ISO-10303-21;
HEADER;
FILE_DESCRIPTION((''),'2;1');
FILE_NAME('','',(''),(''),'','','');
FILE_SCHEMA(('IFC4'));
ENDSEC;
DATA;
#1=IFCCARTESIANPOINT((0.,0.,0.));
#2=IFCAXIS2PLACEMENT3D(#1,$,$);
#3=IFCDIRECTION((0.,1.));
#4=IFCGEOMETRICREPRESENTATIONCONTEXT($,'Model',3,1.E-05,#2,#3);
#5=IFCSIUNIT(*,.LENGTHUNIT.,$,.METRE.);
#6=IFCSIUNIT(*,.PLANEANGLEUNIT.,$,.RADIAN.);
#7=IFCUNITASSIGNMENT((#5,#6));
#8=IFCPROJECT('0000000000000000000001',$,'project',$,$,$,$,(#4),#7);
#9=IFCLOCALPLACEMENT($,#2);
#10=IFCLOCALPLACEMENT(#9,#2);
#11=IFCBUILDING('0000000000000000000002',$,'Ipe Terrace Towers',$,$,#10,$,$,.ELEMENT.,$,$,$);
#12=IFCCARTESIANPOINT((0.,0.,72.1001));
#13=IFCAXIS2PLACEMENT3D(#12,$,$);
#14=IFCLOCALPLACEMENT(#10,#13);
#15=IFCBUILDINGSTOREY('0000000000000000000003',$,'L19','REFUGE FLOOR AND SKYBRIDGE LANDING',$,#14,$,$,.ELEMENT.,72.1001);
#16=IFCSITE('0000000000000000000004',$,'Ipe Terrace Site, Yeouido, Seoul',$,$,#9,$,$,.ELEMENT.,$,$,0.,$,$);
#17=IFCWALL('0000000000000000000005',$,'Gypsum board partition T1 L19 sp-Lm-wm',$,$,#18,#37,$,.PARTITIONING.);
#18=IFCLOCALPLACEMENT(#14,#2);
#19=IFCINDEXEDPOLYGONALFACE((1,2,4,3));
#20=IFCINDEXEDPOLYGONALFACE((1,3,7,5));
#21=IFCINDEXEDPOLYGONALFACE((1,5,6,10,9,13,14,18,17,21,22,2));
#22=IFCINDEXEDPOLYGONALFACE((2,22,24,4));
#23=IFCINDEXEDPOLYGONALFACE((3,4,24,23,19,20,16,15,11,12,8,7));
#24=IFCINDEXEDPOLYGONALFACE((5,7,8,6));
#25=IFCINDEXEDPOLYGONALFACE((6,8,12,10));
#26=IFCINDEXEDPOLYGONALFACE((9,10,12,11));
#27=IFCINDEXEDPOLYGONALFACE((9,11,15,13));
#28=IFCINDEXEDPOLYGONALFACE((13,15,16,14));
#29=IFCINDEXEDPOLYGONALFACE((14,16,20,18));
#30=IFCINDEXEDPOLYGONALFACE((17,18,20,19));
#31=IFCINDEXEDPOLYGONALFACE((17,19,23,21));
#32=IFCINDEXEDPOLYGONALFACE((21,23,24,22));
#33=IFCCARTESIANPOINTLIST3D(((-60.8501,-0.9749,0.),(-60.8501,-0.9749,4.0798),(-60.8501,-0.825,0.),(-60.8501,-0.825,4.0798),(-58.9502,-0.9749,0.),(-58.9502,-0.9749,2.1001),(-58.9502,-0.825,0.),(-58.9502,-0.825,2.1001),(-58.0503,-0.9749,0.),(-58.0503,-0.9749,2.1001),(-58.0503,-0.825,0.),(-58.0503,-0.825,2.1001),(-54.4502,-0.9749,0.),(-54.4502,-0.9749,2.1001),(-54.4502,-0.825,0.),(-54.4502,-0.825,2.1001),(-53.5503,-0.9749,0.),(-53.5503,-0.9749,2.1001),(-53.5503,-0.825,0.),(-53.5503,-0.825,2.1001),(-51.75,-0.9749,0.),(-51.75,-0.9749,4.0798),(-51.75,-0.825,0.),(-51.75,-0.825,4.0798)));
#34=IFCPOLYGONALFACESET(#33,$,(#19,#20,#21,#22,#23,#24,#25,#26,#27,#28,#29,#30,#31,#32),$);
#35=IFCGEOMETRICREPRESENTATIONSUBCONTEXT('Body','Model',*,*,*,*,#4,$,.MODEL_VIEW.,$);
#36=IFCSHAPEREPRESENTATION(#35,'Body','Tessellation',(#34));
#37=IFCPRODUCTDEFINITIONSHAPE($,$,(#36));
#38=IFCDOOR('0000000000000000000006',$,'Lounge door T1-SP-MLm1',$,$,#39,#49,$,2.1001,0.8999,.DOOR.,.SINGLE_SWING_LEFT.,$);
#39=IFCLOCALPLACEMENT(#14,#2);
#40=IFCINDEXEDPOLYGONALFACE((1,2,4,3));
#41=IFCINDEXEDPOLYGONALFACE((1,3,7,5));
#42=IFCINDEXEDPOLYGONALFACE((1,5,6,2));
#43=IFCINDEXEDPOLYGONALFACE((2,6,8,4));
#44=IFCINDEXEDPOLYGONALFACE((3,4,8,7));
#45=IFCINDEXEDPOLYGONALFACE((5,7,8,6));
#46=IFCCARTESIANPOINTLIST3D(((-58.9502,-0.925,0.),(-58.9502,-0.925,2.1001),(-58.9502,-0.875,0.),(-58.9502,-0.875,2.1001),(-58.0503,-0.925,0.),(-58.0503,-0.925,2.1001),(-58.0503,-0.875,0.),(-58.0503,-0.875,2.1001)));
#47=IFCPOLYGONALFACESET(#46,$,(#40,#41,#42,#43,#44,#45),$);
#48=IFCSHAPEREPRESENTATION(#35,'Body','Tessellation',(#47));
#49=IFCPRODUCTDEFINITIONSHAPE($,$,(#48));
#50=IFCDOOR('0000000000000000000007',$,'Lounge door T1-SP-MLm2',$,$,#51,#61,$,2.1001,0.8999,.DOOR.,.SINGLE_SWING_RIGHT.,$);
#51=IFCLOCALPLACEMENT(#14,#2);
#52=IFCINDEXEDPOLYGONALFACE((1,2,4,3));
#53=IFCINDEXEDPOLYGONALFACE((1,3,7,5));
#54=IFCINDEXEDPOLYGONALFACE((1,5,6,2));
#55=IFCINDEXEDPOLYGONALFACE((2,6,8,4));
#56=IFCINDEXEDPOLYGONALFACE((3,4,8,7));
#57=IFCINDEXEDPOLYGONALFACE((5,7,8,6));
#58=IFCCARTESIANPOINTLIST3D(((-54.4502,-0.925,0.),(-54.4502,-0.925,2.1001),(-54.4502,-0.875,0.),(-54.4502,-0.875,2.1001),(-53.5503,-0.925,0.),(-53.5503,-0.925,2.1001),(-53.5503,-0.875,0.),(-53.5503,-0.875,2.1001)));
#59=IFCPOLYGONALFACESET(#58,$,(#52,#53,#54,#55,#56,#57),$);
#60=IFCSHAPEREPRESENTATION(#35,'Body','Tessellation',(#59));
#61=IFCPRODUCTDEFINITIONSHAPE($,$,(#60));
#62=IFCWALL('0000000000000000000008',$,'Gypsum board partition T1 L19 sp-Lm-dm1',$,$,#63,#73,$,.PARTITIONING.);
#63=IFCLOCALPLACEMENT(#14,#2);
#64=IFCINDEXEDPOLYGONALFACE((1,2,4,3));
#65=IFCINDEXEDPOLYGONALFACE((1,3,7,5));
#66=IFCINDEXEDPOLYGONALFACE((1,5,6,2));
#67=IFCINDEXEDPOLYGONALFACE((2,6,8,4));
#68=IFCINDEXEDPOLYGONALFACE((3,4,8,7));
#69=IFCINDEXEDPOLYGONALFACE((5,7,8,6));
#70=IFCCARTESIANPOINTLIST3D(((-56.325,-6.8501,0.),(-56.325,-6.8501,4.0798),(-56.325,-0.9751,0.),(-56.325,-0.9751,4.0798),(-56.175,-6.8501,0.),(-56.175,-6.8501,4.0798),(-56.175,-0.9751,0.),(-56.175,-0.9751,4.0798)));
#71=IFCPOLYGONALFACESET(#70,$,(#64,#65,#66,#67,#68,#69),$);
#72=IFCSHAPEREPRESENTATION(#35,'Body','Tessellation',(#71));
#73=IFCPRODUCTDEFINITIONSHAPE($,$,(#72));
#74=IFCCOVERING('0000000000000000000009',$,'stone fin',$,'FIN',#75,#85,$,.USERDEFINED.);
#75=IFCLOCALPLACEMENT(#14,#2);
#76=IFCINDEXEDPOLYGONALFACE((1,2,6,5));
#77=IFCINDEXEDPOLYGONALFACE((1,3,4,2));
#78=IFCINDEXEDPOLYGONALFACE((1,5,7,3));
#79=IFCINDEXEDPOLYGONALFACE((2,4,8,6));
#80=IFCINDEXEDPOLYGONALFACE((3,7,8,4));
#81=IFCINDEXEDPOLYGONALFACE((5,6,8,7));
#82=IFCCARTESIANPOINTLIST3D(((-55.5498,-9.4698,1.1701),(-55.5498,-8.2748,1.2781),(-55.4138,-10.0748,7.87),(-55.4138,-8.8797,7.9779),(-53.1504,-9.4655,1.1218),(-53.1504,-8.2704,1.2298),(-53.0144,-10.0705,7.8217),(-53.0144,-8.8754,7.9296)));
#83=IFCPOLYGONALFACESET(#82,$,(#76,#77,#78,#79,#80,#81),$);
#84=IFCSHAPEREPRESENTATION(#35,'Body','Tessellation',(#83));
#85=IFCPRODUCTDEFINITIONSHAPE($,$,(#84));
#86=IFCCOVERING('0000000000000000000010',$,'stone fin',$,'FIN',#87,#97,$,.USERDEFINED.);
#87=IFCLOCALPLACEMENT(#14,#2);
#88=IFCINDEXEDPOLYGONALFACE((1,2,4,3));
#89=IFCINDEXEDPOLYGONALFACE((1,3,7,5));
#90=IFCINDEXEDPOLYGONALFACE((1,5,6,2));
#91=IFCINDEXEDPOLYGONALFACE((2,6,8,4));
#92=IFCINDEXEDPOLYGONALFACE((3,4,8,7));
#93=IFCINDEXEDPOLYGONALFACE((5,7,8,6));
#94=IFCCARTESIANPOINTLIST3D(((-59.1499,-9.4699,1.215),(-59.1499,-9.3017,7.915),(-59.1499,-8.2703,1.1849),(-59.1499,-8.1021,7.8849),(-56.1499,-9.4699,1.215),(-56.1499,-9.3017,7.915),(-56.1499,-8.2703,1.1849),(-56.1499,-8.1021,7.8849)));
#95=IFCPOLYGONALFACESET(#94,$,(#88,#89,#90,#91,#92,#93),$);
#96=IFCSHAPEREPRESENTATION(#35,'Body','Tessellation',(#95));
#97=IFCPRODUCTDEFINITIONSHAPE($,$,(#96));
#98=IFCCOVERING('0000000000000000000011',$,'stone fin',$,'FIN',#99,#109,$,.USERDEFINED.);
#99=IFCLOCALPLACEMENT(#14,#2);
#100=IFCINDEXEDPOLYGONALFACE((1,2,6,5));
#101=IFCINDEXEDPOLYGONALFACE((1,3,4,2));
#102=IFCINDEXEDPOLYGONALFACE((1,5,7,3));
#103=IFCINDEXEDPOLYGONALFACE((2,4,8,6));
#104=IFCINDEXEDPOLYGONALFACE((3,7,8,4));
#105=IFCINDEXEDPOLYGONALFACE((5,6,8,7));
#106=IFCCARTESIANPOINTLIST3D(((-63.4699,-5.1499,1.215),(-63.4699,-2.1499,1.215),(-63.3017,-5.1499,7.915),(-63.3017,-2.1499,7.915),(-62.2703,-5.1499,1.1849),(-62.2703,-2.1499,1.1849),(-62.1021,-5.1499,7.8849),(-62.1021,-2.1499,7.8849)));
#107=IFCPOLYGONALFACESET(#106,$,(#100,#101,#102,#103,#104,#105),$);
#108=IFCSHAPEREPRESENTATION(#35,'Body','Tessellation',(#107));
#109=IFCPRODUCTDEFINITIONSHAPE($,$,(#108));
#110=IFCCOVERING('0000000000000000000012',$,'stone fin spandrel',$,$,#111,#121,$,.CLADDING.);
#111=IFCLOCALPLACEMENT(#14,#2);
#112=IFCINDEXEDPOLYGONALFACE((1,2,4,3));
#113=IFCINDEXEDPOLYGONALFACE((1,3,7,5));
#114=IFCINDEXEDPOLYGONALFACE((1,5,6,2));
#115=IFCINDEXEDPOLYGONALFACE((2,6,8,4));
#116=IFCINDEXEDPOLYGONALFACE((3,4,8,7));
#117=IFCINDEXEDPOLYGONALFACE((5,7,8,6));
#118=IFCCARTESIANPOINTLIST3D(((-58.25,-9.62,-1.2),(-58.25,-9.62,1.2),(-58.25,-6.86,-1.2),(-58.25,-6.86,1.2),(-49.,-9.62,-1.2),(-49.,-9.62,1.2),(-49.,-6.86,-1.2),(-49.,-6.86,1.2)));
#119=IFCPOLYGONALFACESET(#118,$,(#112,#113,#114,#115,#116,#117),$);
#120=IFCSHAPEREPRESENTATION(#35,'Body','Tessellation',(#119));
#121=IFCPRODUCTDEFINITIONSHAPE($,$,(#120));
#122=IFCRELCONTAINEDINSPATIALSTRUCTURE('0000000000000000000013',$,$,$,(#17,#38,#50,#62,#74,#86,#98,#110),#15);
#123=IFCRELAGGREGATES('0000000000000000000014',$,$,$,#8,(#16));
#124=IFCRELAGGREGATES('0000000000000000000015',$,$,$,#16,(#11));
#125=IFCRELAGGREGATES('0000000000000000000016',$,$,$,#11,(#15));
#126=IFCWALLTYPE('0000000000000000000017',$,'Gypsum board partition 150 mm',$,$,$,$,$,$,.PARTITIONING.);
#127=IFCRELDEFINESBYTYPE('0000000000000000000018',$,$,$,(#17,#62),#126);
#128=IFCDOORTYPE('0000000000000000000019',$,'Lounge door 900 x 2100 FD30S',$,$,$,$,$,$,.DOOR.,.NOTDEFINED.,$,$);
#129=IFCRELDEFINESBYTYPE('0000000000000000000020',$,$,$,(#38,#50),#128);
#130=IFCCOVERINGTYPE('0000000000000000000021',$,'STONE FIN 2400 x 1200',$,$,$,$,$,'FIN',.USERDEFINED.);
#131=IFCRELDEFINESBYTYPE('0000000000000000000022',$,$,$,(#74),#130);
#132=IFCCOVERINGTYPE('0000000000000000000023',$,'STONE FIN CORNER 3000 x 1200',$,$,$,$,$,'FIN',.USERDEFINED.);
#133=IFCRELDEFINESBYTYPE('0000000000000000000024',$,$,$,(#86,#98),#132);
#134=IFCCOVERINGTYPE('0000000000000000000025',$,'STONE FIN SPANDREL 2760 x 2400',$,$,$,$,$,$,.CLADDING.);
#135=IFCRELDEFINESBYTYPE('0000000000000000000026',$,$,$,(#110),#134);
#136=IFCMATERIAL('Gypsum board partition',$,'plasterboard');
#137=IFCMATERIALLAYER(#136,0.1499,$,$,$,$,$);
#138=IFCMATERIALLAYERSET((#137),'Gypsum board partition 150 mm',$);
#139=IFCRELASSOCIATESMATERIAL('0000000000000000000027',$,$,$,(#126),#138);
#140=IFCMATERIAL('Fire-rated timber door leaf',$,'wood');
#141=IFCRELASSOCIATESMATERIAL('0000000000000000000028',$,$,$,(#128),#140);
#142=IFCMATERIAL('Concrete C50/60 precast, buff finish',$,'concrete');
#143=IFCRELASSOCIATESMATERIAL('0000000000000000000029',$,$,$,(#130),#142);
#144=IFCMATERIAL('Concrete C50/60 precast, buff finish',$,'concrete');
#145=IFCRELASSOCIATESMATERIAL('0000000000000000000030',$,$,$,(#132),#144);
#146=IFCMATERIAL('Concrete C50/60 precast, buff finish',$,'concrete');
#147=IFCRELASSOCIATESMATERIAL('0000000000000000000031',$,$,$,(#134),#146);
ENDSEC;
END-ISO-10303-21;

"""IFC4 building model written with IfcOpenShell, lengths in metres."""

from ifc_helpers import new_model, si_unit, direction, frame, frame_2d, origin, origin_2d, place, context, subcontext, project, spatial, rectangle, extrude, material, layer, layer_set, material_profile, profile_set, type_object, element, fill, save


model = new_model("IFC4")

# Units and contexts
model_context = context("Model", 3, precision=1e-05, world=origin(), true_north=direction((0.0, 1.0)))
body_context = subcontext(model_context, "Body", "Model", "MODEL_VIEW")
ifc_project = project(units=[si_unit("LENGTHUNIT", "METRE"), si_unit("PLANEANGLEUNIT", "RADIAN")], contexts=[model_context])

# Site, building, storey
site_placement = place(None, origin())
site = spatial("IfcSite", under=ifc_project, at=site_placement, Name="Ipe Terrace Site, Yeouido, Seoul", CompositionType="ELEMENT", RefElevation=0.0)
building_placement = place(site_placement, origin())
building = spatial("IfcBuilding", under=site, at=building_placement, Name="Ipe Terrace Towers", CompositionType="ELEMENT")
storey_placement = place(building_placement, frame((0.0, 0.0, 72.1001)))
storey = spatial("IfcBuildingStorey", under=building, at=storey_placement, Name="L19", Description="REFUGE FLOOR AND SKYBRIDGE LANDING", CompositionType="ELEMENT", Elevation=72.1001)

# Wall, openings, doors
ifc_material_1 = material(Name="Gypsum board partition", Category="plasterboard")
ifc_layer_1 = layer(ifc_material_1, 0.1499)
ifc_layer_set_1 = layer_set([ifc_layer_1], Name="Gypsum board partition 150 mm")
wall_type_1 = type_object("IfcWallType", Name="Gypsum board partition 150 mm", PredefinedType="PARTITIONING", material=ifc_layer_set_1)
ifc_material_2 = material(Name="Fire-rated timber door leaf", Category="wood")
door_type_1 = type_object("IfcDoorType", Name="Lounge door 900 x 2100 FD30S", OperationType="NOTDEFINED", PredefinedType="DOOR", material=ifc_material_2)
wall_1_placement = place(storey_placement, frame((-60.8501, -0.8999, 0.0), z_axis=(0.0, 0.0, 1.0), x_axis=(1.0, 0.0, 0.0)))
wall_1 = element("IfcWall", 1, at=wall_1_placement, inside=storey, type_object=wall_type_1, Name="Gypsum board partition T1 L19 sp-Lm-wm", PredefinedType="PARTITIONING", context=body_context, shape_type="SweptSolid", body=[
    extrude(rectangle(XDim=9.1001, YDim=0.1499, at=frame_2d((4.55, 0.0))), origin(), (0.0, 0.0, 1.0), 4.0798),
])
opening_1_placement = place(wall_1_placement, frame((1.8999, 0.0, 0.0)))
opening_1 = element("IfcOpeningElement", 2, at=opening_1_placement, cuts=wall_1, PredefinedType="OPENING", context=body_context, shape_type="SweptSolid", body=[
    extrude(rectangle(XDim=0.8999, YDim=2.1001, at=frame_2d((0.45, 1.05))), frame((0.0, 0.085, 0.0), z_axis=(0.0, -1.0, 0.0), x_axis=(1.0, 0.0, 0.0)), (0.0, 0.0, 1.0), 0.1699),
])
opening_2_placement = place(wall_1_placement, frame((6.3999, 0.0, 0.0)))
opening_2 = element("IfcOpeningElement", 3, at=opening_2_placement, cuts=wall_1, PredefinedType="OPENING", context=body_context, shape_type="SweptSolid", body=[
    extrude(rectangle(XDim=0.8999, YDim=2.1001, at=frame_2d((0.45, 1.05))), frame((0.0, 0.085, 0.0), z_axis=(0.0, -1.0, 0.0), x_axis=(1.0, 0.0, 0.0)), (0.0, 0.0, 1.0), 0.1699),
])
door_1_placement = place(opening_1_placement, origin())
door_1 = element("IfcDoor", 4, at=door_1_placement, inside=storey, type_object=door_type_1, Name="Lounge door T1-SP-MLm1", OperationType="SINGLE_SWING_LEFT", OverallHeight=2.1001, OverallWidth=0.8999, PredefinedType="DOOR", context=body_context, shape_type="SweptSolid", body=[
    extrude(rectangle(XDim=0.8999, YDim=2.1001, at=frame_2d((0.45, 1.05))), frame((0.0, 0.0249, 0.0), z_axis=(0.0, -1.0, 0.0), x_axis=(1.0, 0.0, 0.0)), (0.0, 0.0, 1.0), 0.05),
])
fill(opening_1, door_1)
door_2_placement = place(opening_2_placement, origin())
door_2 = element("IfcDoor", 5, at=door_2_placement, inside=storey, type_object=door_type_1, Name="Lounge door T1-SP-MLm2", OperationType="SINGLE_SWING_RIGHT", OverallHeight=2.1001, OverallWidth=0.8999, PredefinedType="DOOR", context=body_context, shape_type="SweptSolid", body=[
    extrude(rectangle(XDim=0.8999, YDim=2.1001, at=frame_2d((0.45, 1.05))), frame((0.0, 0.0249, 0.0), z_axis=(0.0, -1.0, 0.0), x_axis=(1.0, 0.0, 0.0)), (0.0, 0.0, 1.0), 0.05),
])
fill(opening_2, door_2)

# Wall
wall_2_placement = place(storey_placement, frame((-56.25, -0.9751, 0.0), z_axis=(0.0, 0.0, 1.0), x_axis=(0.0, -1.0, 0.0)))
element("IfcWall", 6, at=wall_2_placement, inside=storey, type_object=wall_type_1, Name="Gypsum board partition T1 L19 sp-Lm-dm1", PredefinedType="PARTITIONING", context=body_context, shape_type="SweptSolid", body=[
    extrude(rectangle(XDim=5.875, YDim=0.1499, at=frame_2d((2.9375, 0.0))), origin(), (0.0, 0.0, 1.0), 4.0798),
])

# Coverings
ifc_material_3 = material(Name="Concrete C50/60 precast, buff finish", Category="concrete")
ifc_material_profile_1 = material_profile(ifc_material_3, rectangle(XDim=2.3999, YDim=1.2, at=origin_2d()), Name="STONE FIN 2400 x 1200")
ifc_profile_set_1 = profile_set([ifc_material_profile_1], Name="Concrete C50/60 precast, buff finish")
covering_type_1 = type_object("IfcCoveringType", Name="STONE FIN 2400 x 1200", ElementType="FIN", PredefinedType="USERDEFINED", material=ifc_profile_set_1)
covering_1_placement = place(storey_placement, frame((-54.3501, -8.8701, 1.2), z_axis=(0.02021, -0.089912, 0.995745), x_axis=(0.999796, 0.001818, -0.020128)))
element("IfcCovering", 7, at=covering_1_placement, inside=storey, type_object=covering_type_1, Name="stone fin", ObjectType="FIN", PredefinedType="USERDEFINED", context=body_context, shape_type="SweptSolid", body=[
    extrude(rectangle(XDim=2.3999, YDim=1.2, at=origin_2d()), origin(), (0.0, 0.0, 1.0), 6.7285),
])
ifc_material_4 = material(Name="Concrete C50/60 precast, buff finish", Category="concrete")
ifc_material_profile_2 = material_profile(ifc_material_4, rectangle(XDim=3.0, YDim=1.2, at=origin_2d()), Name="STONE FIN CORNER 3000 x 1200")
ifc_profile_set_2 = profile_set([ifc_material_profile_2], Name="Concrete C50/60 precast, buff finish")
covering_type_2 = type_object("IfcCoveringType", Name="STONE FIN CORNER 3000 x 1200", ElementType="FIN", PredefinedType="USERDEFINED", material=ifc_profile_set_2)
for number, where, z_axis, x_axis, name in (
    (8, (-57.6499, -8.8701, 1.2), (0.0, 0.025099, 0.999685), (1.0, 0.0, 0.0), "stone fin"),
    (9, (-62.8701, -3.6499, 1.2), (0.025099, 0.0, 0.999685), (0.0, -1.0, 0.0), "stone fin"),
):
    element("IfcCovering", number, at=place(storey_placement, frame(where, z_axis=z_axis, x_axis=x_axis)), inside=storey, type_object=covering_type_2, Name=name, ObjectType="FIN", PredefinedType="USERDEFINED", context=body_context, shape_type="SweptSolid", body=[
        extrude(rectangle(XDim=3.0, YDim=1.2, at=origin_2d()), origin(), (0.0, 0.0, 1.0), 6.7021),
    ])
ifc_material_5 = material(Name="Concrete C50/60 precast, buff finish", Category="concrete")
ifc_material_profile_3 = material_profile(ifc_material_5, rectangle(XDim=2.76, YDim=2.3999, at=origin_2d()), Name="STONE FIN SPANDREL 2760 x 2400")
ifc_profile_set_3 = profile_set([ifc_material_profile_3], Name="Concrete C50/60 precast, buff finish")
covering_type_3 = type_object("IfcCoveringType", Name="STONE FIN SPANDREL 2760 x 2400", PredefinedType="CLADDING", material=ifc_profile_set_3)
covering_2_placement = place(storey_placement, frame((-58.25, -8.24, 0.0), z_axis=(1.0, 0.0, 0.0), x_axis=(0.0, -1.0, 0.0)))
element("IfcCovering", 10, at=covering_2_placement, inside=storey, type_object=covering_type_3, Name="stone fin spandrel", PredefinedType="CLADDING", context=body_context, shape_type="SweptSolid", body=[
    extrude(rectangle(XDim=2.76, YDim=2.3999, at=origin_2d()), origin(), (0.0, 0.0, 1.0), 9.25),
])

save(model, "model.ifc")
